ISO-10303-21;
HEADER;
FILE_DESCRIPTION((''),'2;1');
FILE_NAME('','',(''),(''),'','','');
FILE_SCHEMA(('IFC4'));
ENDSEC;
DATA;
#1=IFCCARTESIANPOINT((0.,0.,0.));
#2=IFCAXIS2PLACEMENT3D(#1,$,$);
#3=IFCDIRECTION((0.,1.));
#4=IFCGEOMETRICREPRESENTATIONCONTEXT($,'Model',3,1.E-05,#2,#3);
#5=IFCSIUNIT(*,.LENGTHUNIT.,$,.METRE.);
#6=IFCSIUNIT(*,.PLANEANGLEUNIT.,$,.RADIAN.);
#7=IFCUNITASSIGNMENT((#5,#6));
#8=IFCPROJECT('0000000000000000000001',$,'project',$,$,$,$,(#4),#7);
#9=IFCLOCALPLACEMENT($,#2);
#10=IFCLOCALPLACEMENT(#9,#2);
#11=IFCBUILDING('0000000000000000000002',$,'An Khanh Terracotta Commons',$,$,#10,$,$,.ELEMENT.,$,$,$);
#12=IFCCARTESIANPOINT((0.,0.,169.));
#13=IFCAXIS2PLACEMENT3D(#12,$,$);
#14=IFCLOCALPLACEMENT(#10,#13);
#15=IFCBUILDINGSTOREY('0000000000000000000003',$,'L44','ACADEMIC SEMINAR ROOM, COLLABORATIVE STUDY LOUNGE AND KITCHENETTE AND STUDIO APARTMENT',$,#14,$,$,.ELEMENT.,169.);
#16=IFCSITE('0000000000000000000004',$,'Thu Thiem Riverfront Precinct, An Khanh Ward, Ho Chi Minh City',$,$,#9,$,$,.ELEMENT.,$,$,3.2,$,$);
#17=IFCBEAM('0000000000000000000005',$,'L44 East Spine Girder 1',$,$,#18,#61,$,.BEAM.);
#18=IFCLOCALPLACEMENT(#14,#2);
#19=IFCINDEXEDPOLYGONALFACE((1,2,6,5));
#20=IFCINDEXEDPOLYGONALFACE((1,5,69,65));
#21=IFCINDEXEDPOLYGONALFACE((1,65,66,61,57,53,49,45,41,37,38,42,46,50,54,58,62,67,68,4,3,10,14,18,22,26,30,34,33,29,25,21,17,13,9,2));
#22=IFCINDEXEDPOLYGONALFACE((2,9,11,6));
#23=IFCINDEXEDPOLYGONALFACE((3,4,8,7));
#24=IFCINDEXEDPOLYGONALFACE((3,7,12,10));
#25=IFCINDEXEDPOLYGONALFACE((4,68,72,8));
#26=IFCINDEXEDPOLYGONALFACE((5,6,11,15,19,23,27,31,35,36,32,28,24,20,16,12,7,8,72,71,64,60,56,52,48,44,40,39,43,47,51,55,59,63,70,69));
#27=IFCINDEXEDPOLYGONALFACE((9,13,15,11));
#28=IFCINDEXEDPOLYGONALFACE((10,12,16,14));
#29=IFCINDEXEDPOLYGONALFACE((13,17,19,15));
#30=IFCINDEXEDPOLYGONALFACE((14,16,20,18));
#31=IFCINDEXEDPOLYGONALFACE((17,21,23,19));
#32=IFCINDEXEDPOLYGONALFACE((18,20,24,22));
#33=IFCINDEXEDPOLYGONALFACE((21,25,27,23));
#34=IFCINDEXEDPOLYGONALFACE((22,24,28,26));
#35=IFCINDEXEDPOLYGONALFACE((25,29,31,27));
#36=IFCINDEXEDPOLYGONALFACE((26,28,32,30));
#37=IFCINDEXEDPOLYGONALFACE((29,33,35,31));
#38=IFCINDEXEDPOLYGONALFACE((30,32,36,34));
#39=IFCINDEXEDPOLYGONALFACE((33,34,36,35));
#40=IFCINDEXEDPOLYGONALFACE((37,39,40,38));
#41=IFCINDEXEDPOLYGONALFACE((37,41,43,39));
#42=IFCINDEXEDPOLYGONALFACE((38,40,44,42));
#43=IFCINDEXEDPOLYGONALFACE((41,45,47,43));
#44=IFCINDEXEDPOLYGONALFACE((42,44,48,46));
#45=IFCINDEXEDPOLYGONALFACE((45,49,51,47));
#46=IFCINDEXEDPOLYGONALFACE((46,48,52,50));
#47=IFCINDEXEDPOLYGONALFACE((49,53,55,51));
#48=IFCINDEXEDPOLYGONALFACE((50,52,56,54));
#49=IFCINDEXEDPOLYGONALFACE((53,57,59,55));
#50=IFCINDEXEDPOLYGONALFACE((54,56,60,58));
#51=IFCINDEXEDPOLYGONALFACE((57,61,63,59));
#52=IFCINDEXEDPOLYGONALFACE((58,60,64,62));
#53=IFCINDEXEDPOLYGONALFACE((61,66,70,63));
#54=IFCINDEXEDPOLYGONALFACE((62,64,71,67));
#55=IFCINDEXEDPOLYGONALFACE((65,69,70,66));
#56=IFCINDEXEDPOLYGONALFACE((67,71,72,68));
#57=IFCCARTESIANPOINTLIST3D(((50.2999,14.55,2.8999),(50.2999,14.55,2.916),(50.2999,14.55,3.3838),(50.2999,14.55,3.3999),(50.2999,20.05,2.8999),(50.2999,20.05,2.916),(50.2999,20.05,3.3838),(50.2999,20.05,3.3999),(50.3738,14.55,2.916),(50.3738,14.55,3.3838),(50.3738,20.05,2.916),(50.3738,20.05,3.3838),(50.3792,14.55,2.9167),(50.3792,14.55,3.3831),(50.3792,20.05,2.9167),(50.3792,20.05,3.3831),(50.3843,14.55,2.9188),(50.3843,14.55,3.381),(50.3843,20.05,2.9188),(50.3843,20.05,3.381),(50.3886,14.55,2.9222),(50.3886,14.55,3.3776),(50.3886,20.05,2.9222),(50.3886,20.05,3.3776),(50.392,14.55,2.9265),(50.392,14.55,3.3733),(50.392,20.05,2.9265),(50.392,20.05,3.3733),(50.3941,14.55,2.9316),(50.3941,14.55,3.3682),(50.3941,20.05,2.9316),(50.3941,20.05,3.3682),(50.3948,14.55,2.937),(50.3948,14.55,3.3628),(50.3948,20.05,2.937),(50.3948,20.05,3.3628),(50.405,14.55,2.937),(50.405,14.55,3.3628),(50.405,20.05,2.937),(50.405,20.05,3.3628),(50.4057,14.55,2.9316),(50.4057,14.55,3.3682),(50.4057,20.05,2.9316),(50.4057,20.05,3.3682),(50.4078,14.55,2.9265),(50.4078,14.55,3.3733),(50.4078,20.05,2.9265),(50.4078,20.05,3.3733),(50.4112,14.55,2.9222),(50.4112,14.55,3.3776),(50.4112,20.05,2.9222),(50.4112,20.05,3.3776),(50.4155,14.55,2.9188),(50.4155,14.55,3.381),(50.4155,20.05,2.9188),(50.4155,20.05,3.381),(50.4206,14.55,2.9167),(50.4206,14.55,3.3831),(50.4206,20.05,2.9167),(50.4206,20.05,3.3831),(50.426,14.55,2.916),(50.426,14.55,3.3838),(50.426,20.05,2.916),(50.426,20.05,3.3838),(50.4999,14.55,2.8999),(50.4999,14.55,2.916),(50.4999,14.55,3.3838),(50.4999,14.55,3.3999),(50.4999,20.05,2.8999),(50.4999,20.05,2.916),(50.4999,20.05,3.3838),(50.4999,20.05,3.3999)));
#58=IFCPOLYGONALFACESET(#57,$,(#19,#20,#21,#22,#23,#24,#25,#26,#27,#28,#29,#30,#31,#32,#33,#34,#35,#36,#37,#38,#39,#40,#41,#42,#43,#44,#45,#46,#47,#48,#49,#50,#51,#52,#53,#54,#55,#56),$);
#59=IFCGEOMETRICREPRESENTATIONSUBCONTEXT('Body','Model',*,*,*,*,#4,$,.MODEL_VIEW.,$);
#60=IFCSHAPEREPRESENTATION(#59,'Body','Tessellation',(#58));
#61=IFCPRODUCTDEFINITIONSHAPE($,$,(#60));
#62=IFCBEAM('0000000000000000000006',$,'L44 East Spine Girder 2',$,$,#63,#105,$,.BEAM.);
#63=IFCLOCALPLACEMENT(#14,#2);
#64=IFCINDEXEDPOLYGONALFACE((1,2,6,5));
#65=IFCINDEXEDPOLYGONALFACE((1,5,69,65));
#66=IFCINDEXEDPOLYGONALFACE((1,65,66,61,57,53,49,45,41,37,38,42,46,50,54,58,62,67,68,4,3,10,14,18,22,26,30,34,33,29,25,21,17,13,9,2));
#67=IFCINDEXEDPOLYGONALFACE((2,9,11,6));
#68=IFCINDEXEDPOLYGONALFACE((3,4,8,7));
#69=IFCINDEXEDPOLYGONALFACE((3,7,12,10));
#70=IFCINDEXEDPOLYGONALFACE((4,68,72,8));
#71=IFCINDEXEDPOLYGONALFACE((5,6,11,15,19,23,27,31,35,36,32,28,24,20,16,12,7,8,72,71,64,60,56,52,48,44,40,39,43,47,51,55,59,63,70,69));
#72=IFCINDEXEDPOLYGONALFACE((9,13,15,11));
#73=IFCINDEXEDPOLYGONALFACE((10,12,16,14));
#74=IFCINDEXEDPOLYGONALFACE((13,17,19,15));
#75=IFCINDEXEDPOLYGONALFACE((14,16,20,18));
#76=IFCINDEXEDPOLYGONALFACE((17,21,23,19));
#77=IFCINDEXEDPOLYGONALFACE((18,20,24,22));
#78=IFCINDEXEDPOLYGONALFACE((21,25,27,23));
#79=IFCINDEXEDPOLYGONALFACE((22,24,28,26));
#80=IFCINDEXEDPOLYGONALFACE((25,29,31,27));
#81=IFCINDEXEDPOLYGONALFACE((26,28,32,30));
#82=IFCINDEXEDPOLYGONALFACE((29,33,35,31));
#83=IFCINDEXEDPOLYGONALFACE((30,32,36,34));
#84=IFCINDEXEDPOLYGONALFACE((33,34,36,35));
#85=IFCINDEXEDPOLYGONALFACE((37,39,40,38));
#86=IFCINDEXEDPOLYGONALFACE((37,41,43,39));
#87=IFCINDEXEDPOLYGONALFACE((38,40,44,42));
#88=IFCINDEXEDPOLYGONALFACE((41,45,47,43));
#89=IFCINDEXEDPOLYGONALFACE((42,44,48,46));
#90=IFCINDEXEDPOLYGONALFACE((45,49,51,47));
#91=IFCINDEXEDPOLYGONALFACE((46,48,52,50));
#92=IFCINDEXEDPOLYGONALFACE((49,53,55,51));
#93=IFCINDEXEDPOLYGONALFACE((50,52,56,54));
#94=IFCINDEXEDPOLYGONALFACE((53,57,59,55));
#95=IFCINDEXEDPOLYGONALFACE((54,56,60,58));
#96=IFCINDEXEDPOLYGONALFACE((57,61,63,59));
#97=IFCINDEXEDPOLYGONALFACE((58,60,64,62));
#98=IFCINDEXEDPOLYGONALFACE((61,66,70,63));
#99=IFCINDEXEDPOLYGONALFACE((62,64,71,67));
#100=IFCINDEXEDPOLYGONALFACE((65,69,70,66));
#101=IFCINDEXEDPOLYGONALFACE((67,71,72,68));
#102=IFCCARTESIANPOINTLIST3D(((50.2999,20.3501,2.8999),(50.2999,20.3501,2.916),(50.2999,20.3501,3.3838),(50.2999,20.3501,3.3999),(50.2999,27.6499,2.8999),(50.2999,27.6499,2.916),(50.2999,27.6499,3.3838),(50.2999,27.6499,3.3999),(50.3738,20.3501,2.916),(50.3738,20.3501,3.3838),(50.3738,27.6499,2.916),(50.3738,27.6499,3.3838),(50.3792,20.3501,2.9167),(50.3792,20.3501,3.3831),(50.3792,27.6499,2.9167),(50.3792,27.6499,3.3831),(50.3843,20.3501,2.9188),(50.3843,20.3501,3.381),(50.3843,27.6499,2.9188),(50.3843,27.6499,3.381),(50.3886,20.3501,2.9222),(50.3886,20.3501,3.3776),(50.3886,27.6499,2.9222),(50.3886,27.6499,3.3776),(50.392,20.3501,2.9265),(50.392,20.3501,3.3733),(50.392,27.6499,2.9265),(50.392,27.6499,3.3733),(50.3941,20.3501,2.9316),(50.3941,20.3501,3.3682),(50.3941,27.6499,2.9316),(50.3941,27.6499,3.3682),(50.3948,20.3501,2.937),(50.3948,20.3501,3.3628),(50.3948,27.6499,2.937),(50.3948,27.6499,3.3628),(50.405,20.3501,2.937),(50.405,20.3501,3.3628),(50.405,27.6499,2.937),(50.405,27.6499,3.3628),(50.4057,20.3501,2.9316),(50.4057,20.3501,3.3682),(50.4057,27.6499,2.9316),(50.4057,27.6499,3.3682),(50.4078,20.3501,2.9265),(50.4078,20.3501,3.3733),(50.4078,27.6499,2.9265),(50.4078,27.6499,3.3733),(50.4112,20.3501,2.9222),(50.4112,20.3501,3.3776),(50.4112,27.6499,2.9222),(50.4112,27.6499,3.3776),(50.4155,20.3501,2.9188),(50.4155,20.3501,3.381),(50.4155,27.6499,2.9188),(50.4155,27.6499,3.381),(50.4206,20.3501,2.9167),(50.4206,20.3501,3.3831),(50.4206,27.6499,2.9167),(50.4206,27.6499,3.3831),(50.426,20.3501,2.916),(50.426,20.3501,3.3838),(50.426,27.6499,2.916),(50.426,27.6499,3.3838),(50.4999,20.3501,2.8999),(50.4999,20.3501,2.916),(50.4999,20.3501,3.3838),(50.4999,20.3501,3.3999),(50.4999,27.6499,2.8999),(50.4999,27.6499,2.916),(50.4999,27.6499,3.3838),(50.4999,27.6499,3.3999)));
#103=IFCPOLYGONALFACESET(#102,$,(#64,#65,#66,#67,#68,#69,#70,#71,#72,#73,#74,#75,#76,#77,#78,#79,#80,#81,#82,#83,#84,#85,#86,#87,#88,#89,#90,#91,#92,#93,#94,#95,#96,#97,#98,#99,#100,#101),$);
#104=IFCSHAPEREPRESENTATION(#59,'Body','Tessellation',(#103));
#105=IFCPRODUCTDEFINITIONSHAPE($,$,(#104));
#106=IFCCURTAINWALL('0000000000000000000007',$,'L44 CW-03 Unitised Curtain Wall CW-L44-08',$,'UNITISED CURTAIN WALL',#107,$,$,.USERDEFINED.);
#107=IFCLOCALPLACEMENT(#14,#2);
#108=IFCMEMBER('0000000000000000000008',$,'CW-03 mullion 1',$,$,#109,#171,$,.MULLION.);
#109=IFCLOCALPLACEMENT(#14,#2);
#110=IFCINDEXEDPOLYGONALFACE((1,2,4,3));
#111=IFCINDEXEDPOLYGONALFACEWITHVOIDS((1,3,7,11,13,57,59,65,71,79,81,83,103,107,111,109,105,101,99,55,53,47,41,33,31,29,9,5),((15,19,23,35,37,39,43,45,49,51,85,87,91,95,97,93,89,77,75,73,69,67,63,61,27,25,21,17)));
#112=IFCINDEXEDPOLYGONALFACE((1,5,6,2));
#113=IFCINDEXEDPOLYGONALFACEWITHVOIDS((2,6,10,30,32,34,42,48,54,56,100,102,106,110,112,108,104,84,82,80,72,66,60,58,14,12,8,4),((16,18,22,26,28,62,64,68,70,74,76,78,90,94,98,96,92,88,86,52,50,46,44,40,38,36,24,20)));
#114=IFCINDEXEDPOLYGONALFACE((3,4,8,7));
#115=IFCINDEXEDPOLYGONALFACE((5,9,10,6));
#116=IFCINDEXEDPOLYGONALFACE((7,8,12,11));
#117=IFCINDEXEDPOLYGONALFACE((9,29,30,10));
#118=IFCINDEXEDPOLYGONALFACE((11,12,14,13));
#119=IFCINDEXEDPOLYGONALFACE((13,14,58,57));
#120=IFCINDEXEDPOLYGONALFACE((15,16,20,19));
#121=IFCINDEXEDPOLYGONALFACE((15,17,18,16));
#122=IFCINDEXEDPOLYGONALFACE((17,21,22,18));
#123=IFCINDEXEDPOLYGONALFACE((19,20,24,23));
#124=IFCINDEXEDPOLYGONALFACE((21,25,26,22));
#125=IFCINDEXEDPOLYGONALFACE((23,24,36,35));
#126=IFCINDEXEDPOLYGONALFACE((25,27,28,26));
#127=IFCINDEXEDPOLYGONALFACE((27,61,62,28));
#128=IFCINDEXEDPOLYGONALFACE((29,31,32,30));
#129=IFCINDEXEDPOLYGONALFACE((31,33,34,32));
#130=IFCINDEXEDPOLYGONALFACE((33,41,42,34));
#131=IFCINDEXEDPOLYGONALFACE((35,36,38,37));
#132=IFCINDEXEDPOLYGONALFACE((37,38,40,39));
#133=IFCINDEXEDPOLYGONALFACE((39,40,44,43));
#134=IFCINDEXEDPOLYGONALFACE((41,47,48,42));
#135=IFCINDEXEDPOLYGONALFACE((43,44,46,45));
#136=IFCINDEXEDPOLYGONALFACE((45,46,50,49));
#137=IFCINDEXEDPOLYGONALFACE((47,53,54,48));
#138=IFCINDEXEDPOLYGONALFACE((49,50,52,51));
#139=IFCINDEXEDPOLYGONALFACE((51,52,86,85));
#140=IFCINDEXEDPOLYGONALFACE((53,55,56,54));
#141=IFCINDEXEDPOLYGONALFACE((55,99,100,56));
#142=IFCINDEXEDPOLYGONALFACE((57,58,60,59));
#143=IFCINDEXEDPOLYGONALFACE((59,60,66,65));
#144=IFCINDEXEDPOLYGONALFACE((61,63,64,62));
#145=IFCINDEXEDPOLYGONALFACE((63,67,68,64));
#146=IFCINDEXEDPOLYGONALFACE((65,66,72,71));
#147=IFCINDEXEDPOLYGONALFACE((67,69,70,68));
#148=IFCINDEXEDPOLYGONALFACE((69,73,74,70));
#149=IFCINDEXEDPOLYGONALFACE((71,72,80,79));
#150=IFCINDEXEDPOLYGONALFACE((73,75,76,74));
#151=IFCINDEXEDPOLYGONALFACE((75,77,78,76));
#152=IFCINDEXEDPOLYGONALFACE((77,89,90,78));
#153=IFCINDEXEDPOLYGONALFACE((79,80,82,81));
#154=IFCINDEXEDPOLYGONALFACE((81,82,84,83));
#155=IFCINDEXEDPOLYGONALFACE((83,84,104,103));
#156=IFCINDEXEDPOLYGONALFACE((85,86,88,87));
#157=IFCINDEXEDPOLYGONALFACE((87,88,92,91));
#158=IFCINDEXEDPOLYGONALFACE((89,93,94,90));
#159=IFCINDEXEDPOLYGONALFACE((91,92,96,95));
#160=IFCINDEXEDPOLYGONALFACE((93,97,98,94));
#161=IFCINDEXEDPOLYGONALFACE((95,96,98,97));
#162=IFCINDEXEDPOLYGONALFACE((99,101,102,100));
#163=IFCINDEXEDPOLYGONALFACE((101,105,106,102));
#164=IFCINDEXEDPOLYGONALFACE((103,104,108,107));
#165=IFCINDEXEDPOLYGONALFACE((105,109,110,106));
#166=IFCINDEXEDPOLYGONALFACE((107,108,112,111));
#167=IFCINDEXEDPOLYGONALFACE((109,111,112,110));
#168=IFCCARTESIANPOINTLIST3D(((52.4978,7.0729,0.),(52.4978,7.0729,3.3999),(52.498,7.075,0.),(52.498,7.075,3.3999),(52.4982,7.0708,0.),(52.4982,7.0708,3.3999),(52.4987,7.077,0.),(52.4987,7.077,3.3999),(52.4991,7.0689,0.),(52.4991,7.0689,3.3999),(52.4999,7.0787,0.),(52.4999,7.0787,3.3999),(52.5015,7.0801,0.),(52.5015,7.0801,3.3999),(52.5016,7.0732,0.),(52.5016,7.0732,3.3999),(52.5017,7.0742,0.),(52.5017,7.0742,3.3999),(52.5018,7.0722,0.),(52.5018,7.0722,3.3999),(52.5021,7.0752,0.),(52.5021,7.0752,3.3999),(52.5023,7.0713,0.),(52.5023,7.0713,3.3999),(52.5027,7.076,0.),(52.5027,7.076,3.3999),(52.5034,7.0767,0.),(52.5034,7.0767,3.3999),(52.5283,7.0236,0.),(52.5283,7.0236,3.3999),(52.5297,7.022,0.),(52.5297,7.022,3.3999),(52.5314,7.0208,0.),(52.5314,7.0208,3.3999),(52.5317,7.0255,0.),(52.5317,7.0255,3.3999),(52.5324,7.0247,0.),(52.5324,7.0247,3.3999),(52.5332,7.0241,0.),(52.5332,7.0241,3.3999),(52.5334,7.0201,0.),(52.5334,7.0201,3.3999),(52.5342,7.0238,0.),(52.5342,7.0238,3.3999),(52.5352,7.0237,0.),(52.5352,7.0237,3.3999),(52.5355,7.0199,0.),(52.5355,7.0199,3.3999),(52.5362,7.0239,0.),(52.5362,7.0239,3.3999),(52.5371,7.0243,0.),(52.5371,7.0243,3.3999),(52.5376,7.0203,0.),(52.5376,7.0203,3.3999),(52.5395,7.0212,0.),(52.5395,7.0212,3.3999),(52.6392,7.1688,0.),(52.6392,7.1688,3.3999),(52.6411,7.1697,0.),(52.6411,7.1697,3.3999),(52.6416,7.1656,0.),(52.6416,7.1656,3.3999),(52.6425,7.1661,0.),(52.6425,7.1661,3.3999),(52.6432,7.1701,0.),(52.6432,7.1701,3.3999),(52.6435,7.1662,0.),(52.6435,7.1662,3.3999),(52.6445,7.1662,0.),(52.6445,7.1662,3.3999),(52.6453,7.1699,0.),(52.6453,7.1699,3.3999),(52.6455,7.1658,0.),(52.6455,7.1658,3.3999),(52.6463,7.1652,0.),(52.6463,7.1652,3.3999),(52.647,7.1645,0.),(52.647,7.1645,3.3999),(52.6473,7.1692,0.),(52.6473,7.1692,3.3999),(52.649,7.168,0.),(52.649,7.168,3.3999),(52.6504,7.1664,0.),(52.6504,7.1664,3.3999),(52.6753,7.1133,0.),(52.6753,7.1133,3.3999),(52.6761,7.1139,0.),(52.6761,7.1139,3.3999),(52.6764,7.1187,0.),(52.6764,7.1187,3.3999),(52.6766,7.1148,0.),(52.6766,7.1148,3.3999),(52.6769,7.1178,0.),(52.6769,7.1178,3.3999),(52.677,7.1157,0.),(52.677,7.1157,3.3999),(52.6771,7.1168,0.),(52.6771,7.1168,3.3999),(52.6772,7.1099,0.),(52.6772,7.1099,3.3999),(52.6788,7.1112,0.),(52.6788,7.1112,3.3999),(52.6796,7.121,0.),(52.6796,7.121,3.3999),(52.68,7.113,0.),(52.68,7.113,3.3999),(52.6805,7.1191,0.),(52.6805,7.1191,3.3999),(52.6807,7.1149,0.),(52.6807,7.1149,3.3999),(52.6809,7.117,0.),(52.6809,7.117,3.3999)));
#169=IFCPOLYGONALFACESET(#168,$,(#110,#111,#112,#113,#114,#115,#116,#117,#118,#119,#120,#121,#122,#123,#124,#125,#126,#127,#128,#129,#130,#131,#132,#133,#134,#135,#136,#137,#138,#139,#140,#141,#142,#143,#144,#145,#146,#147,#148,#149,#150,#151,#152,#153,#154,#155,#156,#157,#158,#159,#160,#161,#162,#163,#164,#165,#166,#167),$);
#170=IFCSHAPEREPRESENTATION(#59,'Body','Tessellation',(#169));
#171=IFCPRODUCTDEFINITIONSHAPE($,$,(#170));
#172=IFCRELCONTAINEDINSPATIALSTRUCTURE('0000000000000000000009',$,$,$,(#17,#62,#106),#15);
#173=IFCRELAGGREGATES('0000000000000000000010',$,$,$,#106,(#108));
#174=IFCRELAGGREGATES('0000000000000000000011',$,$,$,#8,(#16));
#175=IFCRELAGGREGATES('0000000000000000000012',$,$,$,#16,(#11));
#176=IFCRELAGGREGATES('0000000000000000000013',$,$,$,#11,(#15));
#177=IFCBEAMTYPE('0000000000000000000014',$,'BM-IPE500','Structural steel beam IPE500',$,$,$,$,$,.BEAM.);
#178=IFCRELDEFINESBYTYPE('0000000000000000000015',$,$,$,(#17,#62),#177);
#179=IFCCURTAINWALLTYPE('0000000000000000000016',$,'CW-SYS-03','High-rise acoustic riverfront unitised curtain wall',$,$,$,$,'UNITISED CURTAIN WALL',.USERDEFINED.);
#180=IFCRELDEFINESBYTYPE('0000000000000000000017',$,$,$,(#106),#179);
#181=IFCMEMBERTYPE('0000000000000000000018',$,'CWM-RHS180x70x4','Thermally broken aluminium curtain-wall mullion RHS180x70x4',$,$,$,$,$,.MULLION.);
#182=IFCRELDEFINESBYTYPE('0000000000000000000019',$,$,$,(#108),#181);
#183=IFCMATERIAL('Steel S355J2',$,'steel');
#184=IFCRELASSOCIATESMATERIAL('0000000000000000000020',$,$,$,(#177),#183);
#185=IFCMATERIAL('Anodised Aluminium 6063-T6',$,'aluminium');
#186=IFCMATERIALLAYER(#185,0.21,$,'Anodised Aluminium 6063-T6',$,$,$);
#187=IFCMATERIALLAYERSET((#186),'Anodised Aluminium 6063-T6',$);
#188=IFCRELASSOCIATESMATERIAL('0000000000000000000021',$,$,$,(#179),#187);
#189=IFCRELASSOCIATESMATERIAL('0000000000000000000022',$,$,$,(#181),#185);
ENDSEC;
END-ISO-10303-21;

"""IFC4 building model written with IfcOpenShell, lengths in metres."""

from ifc_helpers import new_model, si_unit, direction, frame, origin, origin_2d, place, context, subcontext, project, spatial, hollow_rectangle, i_section, extrude, material, layer, layer_set, material_profile, profile_set, type_object, element, aggregate, save


model = new_model("IFC4")

# Units and contexts
model_context = context("Model", 3, precision=1e-05, world=origin(), true_north=direction((0.0, 1.0)))
body_context = subcontext(model_context, "Body", "Model", "MODEL_VIEW")
ifc_project = project(units=[si_unit("LENGTHUNIT", "METRE"), si_unit("PLANEANGLEUNIT", "RADIAN")], contexts=[model_context])

# Site, building, storey
site_placement = place(None, origin())
site = spatial("IfcSite", under=ifc_project, at=site_placement, Name="Thu Thiem Riverfront Precinct, An Khanh Ward, Ho Chi Minh City", CompositionType="ELEMENT", RefElevation=3.2)
building_placement = place(site_placement, origin())
building = spatial("IfcBuilding", under=site, at=building_placement, Name="An Khanh Terracotta Commons", CompositionType="ELEMENT")
storey_placement = place(building_placement, frame((0.0, 0.0, 169.0)))
storey = spatial("IfcBuildingStorey", under=building, at=storey_placement, Name="L44", Description="ACADEMIC SEMINAR ROOM, COLLABORATIVE STUDY LOUNGE AND KITCHENETTE AND STUDIO APARTMENT", CompositionType="ELEMENT", Elevation=169.0)

# Beams
ifc_material_1 = material(Name="Steel S355J2", Category="steel")
ifc_material_profile_1 = material_profile(ifc_material_1, i_section(OverallWidth=0.2, OverallDepth=0.5, WebThickness=0.0103, FlangeThickness=0.0161, FilletRadius=0.021, at=origin_2d()), Name="IPE500")
ifc_profile_set_1 = profile_set([ifc_material_profile_1], Name="Steel S355J2")
beam_type_1 = type_object("IfcBeamType", Name="BM-IPE500", Description="Structural steel beam IPE500", PredefinedType="BEAM", material=ifc_profile_set_1)
beam_1_placement = place(storey_placement, frame((50.3999, 14.55, 3.1499), z_axis=(0.0, 1.0, 0.0), x_axis=(-1.0, 0.0, 0.0)))
element("IfcBeam", 1, at=beam_1_placement, inside=storey, type_object=beam_type_1, Name="L44 East Spine Girder 1", PredefinedType="BEAM", context=body_context, shape_type="SweptSolid", body=[
    extrude(i_section(OverallWidth=0.2, OverallDepth=0.5, WebThickness=0.0103, FlangeThickness=0.0161, FilletRadius=0.021, at=origin_2d()), origin(), (0.0, 0.0, 1.0), 5.5),
])
beam_2_placement = place(storey_placement, frame((50.3999, 20.3501, 3.1499), z_axis=(0.0, 1.0, 0.0), x_axis=(-1.0, 0.0, 0.0)))
element("IfcBeam", 2, at=beam_2_placement, inside=storey, type_object=beam_type_1, Name="L44 East Spine Girder 2", PredefinedType="BEAM", context=body_context, shape_type="SweptSolid", body=[
    extrude(i_section(OverallWidth=0.2, OverallDepth=0.5, WebThickness=0.0103, FlangeThickness=0.0161, FilletRadius=0.021, at=origin_2d()), origin(), (0.0, 0.0, 1.0), 7.2998),
])

# Curtain wall, member
ifc_material_2 = material(Name="Anodised Aluminium 6063-T6", Category="aluminium")
ifc_layer_1 = layer(ifc_material_2, 0.21, Name="Anodised Aluminium 6063-T6")
ifc_layer_set_1 = layer_set([ifc_layer_1], Name="Anodised Aluminium 6063-T6")
curtain_wall_type = type_object("IfcCurtainWallType", Name="CW-SYS-03", Description="High-rise acoustic riverfront unitised curtain wall", ElementType="UNITISED CURTAIN WALL", PredefinedType="USERDEFINED", material=ifc_layer_set_1)
curtain_wall_placement = place(storey_placement, origin())
curtain_wall = element("IfcCurtainWall", 3, at=curtain_wall_placement, inside=storey, type_object=curtain_wall_type, Name="L44 CW-03 Unitised Curtain Wall CW-L44-08", ObjectType="UNITISED CURTAIN WALL", PredefinedType="USERDEFINED")
ifc_material_profile_2 = material_profile(ifc_material_2, hollow_rectangle(XDim=0.0701, YDim=0.1799, WallThickness=0.0039, InnerFilletRadius=0.0039, OuterFilletRadius=0.0081, at=origin_2d()), Name="RHS180x70x4")
ifc_profile_set_2 = profile_set([ifc_material_profile_2], Name="Anodised Aluminium 6063-T6")
member_type_1 = type_object("IfcMemberType", Name="CWM-RHS180x70x4", Description="Thermally broken aluminium curtain-wall mullion RHS180x70x4", PredefinedType="MULLION", material=ifc_profile_set_2)
member_1_placement = place(storey_placement, frame((52.5894, 7.095, 0.0), z_axis=(0.0, 0.0, 1.0), x_axis=(-0.541498, 0.840702, 0.0)))
member_1 = element("IfcMember", 4, at=member_1_placement, type_object=member_type_1, Name="CW-03 mullion 1", PredefinedType="MULLION", context=body_context, shape_type="SweptSolid", body=[
    extrude(hollow_rectangle(XDim=0.0701, YDim=0.1799, WallThickness=0.0039, InnerFilletRadius=0.0039, OuterFilletRadius=0.0081, at=origin_2d()), origin(), (0.0, 0.0, 1.0), 3.3999),
])
aggregate(curtain_wall, [member_1])

save(model, "model.ifc")
